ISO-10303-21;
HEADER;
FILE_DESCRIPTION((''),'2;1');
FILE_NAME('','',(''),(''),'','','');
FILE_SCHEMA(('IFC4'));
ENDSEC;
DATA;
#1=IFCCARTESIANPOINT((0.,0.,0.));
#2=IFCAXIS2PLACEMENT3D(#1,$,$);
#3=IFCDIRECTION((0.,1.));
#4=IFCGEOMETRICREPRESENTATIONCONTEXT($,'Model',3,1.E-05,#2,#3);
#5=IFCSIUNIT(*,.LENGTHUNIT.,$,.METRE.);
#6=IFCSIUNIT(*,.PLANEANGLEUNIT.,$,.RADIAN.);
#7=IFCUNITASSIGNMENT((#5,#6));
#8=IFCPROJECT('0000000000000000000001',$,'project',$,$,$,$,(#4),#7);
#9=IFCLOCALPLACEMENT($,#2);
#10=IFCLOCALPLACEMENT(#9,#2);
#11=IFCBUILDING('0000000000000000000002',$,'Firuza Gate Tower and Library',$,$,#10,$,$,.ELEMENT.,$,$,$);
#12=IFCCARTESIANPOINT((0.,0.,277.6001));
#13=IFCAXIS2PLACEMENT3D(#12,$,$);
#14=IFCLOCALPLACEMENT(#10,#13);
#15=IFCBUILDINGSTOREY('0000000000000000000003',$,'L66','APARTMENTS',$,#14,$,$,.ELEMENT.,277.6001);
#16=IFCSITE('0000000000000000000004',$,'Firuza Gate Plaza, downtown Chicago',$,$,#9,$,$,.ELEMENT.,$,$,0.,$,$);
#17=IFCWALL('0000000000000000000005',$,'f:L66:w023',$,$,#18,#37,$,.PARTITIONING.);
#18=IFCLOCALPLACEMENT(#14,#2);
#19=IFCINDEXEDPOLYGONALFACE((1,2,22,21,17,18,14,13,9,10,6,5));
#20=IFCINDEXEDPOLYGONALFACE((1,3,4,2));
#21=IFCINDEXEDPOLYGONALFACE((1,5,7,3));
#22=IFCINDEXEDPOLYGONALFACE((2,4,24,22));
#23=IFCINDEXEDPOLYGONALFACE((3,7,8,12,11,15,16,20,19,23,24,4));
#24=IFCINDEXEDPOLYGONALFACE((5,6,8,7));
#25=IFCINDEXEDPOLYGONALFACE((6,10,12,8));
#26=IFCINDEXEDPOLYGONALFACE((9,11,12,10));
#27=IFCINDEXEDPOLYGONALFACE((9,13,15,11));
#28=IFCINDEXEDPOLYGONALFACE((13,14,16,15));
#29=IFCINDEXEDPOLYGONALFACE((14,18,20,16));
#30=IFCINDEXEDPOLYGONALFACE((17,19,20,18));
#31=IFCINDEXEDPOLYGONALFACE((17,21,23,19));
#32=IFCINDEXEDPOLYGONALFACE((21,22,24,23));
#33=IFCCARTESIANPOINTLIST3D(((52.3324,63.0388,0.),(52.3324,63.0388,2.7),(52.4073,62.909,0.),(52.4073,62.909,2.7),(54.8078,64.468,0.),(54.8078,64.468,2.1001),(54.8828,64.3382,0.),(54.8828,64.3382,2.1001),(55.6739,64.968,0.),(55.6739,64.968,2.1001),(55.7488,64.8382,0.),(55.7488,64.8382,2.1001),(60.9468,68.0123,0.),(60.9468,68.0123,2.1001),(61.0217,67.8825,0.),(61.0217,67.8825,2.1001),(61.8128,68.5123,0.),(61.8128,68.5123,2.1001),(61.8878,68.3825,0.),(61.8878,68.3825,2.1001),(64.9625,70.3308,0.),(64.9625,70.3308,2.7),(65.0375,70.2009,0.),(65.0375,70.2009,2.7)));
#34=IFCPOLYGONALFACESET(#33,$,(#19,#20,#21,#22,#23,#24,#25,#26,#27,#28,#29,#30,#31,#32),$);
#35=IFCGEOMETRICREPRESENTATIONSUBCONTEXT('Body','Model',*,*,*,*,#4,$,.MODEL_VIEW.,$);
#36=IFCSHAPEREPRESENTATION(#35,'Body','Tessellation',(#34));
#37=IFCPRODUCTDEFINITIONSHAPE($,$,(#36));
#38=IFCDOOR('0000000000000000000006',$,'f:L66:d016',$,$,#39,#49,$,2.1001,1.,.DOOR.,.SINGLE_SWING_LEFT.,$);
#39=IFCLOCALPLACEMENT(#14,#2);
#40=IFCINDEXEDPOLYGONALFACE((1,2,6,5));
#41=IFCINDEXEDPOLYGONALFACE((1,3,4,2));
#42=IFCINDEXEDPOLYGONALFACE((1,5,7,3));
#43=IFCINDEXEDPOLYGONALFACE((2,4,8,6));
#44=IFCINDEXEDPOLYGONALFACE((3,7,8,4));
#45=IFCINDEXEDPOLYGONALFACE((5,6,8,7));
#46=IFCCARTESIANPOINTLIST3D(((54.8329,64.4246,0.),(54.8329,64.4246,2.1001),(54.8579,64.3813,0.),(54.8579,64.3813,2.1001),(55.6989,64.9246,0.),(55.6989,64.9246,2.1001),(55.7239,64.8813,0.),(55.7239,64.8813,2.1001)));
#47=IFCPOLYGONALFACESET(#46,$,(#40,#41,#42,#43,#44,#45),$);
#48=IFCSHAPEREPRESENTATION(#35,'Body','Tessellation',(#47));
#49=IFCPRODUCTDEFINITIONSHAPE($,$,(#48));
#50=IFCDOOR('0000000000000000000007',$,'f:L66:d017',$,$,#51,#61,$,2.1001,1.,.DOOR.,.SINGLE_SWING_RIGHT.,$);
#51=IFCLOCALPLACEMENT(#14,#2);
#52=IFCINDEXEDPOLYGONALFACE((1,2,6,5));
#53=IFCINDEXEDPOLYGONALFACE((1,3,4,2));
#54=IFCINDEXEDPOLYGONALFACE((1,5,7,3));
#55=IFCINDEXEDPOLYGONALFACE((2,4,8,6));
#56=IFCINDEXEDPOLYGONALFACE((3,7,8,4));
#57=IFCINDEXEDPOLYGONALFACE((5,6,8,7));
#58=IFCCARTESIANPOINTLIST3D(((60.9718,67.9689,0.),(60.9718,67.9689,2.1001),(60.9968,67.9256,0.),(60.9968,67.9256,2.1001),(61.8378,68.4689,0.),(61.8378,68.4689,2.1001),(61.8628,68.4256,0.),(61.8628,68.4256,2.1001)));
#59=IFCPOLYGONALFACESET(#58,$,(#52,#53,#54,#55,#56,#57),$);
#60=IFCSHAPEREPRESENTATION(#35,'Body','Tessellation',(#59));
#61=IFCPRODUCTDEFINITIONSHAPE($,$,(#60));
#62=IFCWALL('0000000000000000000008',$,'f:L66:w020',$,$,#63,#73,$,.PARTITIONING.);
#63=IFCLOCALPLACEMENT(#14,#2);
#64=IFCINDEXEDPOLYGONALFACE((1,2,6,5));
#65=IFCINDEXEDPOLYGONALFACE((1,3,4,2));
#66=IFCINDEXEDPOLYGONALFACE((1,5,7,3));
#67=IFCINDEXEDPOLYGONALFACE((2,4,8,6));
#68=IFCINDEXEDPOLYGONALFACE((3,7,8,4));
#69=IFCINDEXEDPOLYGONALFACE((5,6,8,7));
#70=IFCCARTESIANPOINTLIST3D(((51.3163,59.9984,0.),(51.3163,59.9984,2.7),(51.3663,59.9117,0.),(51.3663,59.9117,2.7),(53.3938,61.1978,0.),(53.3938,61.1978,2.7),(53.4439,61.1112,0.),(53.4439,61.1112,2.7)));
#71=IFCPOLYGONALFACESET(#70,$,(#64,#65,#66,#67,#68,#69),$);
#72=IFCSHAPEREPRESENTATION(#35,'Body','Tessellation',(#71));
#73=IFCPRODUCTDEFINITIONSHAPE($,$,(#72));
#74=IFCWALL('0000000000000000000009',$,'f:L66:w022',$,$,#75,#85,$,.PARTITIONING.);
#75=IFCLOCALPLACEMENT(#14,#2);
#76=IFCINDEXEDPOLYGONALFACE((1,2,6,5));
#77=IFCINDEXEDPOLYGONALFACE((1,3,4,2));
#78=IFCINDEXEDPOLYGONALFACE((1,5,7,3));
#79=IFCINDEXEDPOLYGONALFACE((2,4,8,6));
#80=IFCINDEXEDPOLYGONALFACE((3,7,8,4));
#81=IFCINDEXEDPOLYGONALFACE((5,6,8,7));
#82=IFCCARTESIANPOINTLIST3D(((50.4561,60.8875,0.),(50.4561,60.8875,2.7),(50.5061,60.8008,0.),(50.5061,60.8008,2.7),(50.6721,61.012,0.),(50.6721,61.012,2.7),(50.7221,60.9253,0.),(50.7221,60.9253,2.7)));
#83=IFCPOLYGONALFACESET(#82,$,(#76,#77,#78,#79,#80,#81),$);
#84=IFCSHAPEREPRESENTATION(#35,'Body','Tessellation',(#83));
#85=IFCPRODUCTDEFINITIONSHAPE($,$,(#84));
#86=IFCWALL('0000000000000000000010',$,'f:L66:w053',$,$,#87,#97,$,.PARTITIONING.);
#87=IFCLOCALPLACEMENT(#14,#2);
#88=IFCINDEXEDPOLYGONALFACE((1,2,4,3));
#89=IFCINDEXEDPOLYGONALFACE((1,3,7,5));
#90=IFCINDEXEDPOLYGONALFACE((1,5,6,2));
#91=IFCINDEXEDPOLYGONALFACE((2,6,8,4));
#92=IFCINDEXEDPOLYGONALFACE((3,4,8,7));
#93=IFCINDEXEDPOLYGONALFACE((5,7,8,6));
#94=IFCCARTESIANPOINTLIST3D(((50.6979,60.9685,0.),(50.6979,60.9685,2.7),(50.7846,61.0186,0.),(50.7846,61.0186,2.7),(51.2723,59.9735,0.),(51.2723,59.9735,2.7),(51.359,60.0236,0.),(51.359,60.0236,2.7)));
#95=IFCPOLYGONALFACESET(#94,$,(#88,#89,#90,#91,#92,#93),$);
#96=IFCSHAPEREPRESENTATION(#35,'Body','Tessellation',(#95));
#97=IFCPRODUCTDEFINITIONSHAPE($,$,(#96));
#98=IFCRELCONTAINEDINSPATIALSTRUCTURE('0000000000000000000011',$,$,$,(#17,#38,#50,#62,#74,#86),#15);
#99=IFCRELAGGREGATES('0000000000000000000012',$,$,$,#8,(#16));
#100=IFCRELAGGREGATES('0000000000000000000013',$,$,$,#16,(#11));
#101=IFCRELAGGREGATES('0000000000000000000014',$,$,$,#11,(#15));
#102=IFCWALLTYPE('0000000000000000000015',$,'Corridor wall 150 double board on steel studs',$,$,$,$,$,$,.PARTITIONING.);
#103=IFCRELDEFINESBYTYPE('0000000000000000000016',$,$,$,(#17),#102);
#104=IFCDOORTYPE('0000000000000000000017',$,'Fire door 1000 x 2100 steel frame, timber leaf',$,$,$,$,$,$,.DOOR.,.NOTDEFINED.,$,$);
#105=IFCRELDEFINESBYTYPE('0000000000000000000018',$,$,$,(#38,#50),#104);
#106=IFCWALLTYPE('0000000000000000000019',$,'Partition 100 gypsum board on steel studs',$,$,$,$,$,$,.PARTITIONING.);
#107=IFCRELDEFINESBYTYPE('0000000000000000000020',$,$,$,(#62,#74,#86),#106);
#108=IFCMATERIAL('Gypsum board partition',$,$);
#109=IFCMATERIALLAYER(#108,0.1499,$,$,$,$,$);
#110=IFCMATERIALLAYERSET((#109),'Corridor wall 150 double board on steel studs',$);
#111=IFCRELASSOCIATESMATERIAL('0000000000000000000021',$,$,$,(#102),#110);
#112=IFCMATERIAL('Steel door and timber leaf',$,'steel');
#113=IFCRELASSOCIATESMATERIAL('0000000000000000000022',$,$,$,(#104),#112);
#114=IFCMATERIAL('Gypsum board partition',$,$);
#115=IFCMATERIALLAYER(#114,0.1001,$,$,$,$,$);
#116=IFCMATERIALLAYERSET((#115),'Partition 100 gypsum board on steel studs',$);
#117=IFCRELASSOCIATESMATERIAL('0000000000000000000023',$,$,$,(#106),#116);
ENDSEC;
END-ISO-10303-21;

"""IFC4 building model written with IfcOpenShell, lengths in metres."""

from ifc_helpers import new_model, si_unit, direction, frame, frame_2d, origin, place, context, subcontext, project, spatial, rectangle, extrude, material, layer, layer_set, type_object, element, fill, save


model = new_model("IFC4")

# Units and contexts
model_context = context("Model", 3, precision=1e-05, world=origin(), true_north=direction((0.0, 1.0)))
body_context = subcontext(model_context, "Body", "Model", "MODEL_VIEW")
ifc_project = project(units=[si_unit("LENGTHUNIT", "METRE"), si_unit("PLANEANGLEUNIT", "RADIAN")], contexts=[model_context])

# Site, building, storey
site_placement = place(None, origin())
site = spatial("IfcSite", under=ifc_project, at=site_placement, Name="Firuza Gate Plaza, downtown Chicago", CompositionType="ELEMENT", RefElevation=0.0)
building_placement = place(site_placement, origin())
building = spatial("IfcBuilding", under=site, at=building_placement, Name="Firuza Gate Tower and Library", CompositionType="ELEMENT")
storey_placement = place(building_placement, frame((0.0, 0.0, 277.6001)))
storey = spatial("IfcBuildingStorey", under=building, at=storey_placement, Name="L66", Description="APARTMENTS", CompositionType="ELEMENT", Elevation=277.6001)

# Wall, openings, doors
ifc_material_1 = material(Name="Gypsum board partition")
ifc_layer_1 = layer(ifc_material_1, 0.1499)
ifc_layer_set_1 = layer_set([ifc_layer_1], Name="Corridor wall 150 double board on steel studs")
wall_type_1 = type_object("IfcWallType", Name="Corridor wall 150 double board on steel studs", PredefinedType="PARTITIONING", material=ifc_layer_set_1)
wall_1_placement = place(storey_placement, frame((52.3699, 62.9739, 0.0), z_axis=(0.0, 0.0, 1.0), x_axis=(0.866026, 0.499999, 0.0)))
wall_1 = element("IfcWall", 1, at=wall_1_placement, inside=storey, type_object=wall_type_1, Name="f:L66:w023", PredefinedType="PARTITIONING", context=body_context, shape_type="SweptSolid", body=[
    extrude(rectangle(XDim=14.584, YDim=0.1499, at=frame_2d((7.292, 0.0))), origin(), (0.0, 0.0, 1.0), 2.7),
])
opening_1_placement = place(wall_1_placement, frame((2.8584, 0.0, 0.0)))
opening_1 = element("IfcOpeningElement", 2, at=opening_1_placement, cuts=wall_1, PredefinedType="OPENING", context=body_context, shape_type="SweptSolid", body=[
    extrude(rectangle(XDim=1.0, YDim=2.1001, at=frame_2d((0.5, 1.05))), frame((0.0, 0.085, 0.0), z_axis=(0.0, -1.0, 0.0), x_axis=(1.0, 0.0, 0.0)), (0.0, 0.0, 1.0), 0.1699),
])
opening_2_placement = place(wall_1_placement, frame((9.947, 0.0, 0.0)))
opening_2 = element("IfcOpeningElement", 3, at=opening_2_placement, cuts=wall_1, PredefinedType="OPENING", context=body_context, shape_type="SweptSolid", body=[
    extrude(rectangle(XDim=1.0, YDim=2.1001, at=frame_2d((0.5, 1.05))), frame((0.0, 0.085, 0.0), z_axis=(0.0, -1.0, 0.0), x_axis=(1.0, 0.0, 0.0)), (0.0, 0.0, 1.0), 0.1699),
])
ifc_material_2 = material(Name="Steel door and timber leaf", Category="steel")
door_type = type_object("IfcDoorType", Name="Fire door 1000 x 2100 steel frame, timber leaf", OperationType="NOTDEFINED", PredefinedType="DOOR", material=ifc_material_2)
door_1_placement = place(opening_1_placement, origin())
door_1 = element("IfcDoor", 4, at=door_1_placement, inside=storey, type_object=door_type, Name="f:L66:d016", OperationType="SINGLE_SWING_LEFT", OverallHeight=2.1001, OverallWidth=1.0, PredefinedType="DOOR", context=body_context, shape_type="SweptSolid", body=[
    extrude(rectangle(XDim=1.0, YDim=2.1001, at=frame_2d((0.5, 1.05))), frame((0.0, 0.0249, 0.0), z_axis=(0.0, -1.0, 0.0), x_axis=(1.0, 0.0, 0.0)), (0.0, 0.0, 1.0), 0.05),
])
fill(opening_1, door_1)
door_2_placement = place(opening_2_placement, origin())
door_2 = element("IfcDoor", 5, at=door_2_placement, inside=storey, type_object=door_type, Name="f:L66:d017", OperationType="SINGLE_SWING_RIGHT", OverallHeight=2.1001, OverallWidth=1.0, PredefinedType="DOOR", context=body_context, shape_type="SweptSolid", body=[
    extrude(rectangle(XDim=1.0, YDim=2.1001, at=frame_2d((0.5, 1.05))), frame((0.0, 0.0249, 0.0), z_axis=(0.0, -1.0, 0.0), x_axis=(1.0, 0.0, 0.0)), (0.0, 0.0, 1.0), 0.05),
])
fill(opening_2, door_2)

# Walls
ifc_material_3 = material(Name="Gypsum board partition")
ifc_layer_2 = layer(ifc_material_3, 0.1001)
ifc_layer_set_2 = layer_set([ifc_layer_2], Name="Partition 100 gypsum board on steel studs")
wall_type_2 = type_object("IfcWallType", Name="Partition 100 gypsum board on steel studs", PredefinedType="PARTITIONING", material=ifc_layer_set_2)
wall_2_placement = place(storey_placement, frame((51.3413, 59.9551, 0.0), z_axis=(0.0, 0.0, 1.0), x_axis=(0.866036, 0.499981, 0.0)))
element("IfcWall", 6, at=wall_2_placement, inside=storey, type_object=wall_type_2, Name="f:L66:w020", PredefinedType="PARTITIONING", context=body_context, shape_type="SweptSolid", body=[
    extrude(rectangle(XDim=2.3989, YDim=0.1001, at=frame_2d((1.1995, 0.0))), origin(), (0.0, 0.0, 1.0), 2.7),
])
wall_3_placement = place(storey_placement, frame((50.4812, 60.8442, 0.0), z_axis=(0.0, 0.0, 1.0), x_axis=(0.86643, 0.499299, 0.0)))
element("IfcWall", 7, at=wall_3_placement, inside=storey, type_object=wall_type_2, Name="f:L66:w022", PredefinedType="PARTITIONING", context=body_context, shape_type="SweptSolid", body=[
    extrude(rectangle(XDim=0.2493, YDim=0.1001, at=frame_2d((0.1245, 0.0))), origin(), (0.0, 0.0, 1.0), 2.7),
])
wall_4_placement = place(storey_placement, frame((51.3157, 59.9985, 0.0), z_axis=(0.0, 0.0, 1.0), x_axis=(-0.499955, 0.866051, 0.0)))
element("IfcWall", 8, at=wall_4_placement, inside=storey, type_object=wall_type_2, Name="f:L66:w053", PredefinedType="PARTITIONING", context=body_context, shape_type="SweptSolid", body=[
    extrude(rectangle(XDim=1.1489, YDim=0.1001, at=frame_2d((0.5745, 0.0))), origin(), (0.0, 0.0, 1.0), 2.7),
])

save(model, "model.ifc")
